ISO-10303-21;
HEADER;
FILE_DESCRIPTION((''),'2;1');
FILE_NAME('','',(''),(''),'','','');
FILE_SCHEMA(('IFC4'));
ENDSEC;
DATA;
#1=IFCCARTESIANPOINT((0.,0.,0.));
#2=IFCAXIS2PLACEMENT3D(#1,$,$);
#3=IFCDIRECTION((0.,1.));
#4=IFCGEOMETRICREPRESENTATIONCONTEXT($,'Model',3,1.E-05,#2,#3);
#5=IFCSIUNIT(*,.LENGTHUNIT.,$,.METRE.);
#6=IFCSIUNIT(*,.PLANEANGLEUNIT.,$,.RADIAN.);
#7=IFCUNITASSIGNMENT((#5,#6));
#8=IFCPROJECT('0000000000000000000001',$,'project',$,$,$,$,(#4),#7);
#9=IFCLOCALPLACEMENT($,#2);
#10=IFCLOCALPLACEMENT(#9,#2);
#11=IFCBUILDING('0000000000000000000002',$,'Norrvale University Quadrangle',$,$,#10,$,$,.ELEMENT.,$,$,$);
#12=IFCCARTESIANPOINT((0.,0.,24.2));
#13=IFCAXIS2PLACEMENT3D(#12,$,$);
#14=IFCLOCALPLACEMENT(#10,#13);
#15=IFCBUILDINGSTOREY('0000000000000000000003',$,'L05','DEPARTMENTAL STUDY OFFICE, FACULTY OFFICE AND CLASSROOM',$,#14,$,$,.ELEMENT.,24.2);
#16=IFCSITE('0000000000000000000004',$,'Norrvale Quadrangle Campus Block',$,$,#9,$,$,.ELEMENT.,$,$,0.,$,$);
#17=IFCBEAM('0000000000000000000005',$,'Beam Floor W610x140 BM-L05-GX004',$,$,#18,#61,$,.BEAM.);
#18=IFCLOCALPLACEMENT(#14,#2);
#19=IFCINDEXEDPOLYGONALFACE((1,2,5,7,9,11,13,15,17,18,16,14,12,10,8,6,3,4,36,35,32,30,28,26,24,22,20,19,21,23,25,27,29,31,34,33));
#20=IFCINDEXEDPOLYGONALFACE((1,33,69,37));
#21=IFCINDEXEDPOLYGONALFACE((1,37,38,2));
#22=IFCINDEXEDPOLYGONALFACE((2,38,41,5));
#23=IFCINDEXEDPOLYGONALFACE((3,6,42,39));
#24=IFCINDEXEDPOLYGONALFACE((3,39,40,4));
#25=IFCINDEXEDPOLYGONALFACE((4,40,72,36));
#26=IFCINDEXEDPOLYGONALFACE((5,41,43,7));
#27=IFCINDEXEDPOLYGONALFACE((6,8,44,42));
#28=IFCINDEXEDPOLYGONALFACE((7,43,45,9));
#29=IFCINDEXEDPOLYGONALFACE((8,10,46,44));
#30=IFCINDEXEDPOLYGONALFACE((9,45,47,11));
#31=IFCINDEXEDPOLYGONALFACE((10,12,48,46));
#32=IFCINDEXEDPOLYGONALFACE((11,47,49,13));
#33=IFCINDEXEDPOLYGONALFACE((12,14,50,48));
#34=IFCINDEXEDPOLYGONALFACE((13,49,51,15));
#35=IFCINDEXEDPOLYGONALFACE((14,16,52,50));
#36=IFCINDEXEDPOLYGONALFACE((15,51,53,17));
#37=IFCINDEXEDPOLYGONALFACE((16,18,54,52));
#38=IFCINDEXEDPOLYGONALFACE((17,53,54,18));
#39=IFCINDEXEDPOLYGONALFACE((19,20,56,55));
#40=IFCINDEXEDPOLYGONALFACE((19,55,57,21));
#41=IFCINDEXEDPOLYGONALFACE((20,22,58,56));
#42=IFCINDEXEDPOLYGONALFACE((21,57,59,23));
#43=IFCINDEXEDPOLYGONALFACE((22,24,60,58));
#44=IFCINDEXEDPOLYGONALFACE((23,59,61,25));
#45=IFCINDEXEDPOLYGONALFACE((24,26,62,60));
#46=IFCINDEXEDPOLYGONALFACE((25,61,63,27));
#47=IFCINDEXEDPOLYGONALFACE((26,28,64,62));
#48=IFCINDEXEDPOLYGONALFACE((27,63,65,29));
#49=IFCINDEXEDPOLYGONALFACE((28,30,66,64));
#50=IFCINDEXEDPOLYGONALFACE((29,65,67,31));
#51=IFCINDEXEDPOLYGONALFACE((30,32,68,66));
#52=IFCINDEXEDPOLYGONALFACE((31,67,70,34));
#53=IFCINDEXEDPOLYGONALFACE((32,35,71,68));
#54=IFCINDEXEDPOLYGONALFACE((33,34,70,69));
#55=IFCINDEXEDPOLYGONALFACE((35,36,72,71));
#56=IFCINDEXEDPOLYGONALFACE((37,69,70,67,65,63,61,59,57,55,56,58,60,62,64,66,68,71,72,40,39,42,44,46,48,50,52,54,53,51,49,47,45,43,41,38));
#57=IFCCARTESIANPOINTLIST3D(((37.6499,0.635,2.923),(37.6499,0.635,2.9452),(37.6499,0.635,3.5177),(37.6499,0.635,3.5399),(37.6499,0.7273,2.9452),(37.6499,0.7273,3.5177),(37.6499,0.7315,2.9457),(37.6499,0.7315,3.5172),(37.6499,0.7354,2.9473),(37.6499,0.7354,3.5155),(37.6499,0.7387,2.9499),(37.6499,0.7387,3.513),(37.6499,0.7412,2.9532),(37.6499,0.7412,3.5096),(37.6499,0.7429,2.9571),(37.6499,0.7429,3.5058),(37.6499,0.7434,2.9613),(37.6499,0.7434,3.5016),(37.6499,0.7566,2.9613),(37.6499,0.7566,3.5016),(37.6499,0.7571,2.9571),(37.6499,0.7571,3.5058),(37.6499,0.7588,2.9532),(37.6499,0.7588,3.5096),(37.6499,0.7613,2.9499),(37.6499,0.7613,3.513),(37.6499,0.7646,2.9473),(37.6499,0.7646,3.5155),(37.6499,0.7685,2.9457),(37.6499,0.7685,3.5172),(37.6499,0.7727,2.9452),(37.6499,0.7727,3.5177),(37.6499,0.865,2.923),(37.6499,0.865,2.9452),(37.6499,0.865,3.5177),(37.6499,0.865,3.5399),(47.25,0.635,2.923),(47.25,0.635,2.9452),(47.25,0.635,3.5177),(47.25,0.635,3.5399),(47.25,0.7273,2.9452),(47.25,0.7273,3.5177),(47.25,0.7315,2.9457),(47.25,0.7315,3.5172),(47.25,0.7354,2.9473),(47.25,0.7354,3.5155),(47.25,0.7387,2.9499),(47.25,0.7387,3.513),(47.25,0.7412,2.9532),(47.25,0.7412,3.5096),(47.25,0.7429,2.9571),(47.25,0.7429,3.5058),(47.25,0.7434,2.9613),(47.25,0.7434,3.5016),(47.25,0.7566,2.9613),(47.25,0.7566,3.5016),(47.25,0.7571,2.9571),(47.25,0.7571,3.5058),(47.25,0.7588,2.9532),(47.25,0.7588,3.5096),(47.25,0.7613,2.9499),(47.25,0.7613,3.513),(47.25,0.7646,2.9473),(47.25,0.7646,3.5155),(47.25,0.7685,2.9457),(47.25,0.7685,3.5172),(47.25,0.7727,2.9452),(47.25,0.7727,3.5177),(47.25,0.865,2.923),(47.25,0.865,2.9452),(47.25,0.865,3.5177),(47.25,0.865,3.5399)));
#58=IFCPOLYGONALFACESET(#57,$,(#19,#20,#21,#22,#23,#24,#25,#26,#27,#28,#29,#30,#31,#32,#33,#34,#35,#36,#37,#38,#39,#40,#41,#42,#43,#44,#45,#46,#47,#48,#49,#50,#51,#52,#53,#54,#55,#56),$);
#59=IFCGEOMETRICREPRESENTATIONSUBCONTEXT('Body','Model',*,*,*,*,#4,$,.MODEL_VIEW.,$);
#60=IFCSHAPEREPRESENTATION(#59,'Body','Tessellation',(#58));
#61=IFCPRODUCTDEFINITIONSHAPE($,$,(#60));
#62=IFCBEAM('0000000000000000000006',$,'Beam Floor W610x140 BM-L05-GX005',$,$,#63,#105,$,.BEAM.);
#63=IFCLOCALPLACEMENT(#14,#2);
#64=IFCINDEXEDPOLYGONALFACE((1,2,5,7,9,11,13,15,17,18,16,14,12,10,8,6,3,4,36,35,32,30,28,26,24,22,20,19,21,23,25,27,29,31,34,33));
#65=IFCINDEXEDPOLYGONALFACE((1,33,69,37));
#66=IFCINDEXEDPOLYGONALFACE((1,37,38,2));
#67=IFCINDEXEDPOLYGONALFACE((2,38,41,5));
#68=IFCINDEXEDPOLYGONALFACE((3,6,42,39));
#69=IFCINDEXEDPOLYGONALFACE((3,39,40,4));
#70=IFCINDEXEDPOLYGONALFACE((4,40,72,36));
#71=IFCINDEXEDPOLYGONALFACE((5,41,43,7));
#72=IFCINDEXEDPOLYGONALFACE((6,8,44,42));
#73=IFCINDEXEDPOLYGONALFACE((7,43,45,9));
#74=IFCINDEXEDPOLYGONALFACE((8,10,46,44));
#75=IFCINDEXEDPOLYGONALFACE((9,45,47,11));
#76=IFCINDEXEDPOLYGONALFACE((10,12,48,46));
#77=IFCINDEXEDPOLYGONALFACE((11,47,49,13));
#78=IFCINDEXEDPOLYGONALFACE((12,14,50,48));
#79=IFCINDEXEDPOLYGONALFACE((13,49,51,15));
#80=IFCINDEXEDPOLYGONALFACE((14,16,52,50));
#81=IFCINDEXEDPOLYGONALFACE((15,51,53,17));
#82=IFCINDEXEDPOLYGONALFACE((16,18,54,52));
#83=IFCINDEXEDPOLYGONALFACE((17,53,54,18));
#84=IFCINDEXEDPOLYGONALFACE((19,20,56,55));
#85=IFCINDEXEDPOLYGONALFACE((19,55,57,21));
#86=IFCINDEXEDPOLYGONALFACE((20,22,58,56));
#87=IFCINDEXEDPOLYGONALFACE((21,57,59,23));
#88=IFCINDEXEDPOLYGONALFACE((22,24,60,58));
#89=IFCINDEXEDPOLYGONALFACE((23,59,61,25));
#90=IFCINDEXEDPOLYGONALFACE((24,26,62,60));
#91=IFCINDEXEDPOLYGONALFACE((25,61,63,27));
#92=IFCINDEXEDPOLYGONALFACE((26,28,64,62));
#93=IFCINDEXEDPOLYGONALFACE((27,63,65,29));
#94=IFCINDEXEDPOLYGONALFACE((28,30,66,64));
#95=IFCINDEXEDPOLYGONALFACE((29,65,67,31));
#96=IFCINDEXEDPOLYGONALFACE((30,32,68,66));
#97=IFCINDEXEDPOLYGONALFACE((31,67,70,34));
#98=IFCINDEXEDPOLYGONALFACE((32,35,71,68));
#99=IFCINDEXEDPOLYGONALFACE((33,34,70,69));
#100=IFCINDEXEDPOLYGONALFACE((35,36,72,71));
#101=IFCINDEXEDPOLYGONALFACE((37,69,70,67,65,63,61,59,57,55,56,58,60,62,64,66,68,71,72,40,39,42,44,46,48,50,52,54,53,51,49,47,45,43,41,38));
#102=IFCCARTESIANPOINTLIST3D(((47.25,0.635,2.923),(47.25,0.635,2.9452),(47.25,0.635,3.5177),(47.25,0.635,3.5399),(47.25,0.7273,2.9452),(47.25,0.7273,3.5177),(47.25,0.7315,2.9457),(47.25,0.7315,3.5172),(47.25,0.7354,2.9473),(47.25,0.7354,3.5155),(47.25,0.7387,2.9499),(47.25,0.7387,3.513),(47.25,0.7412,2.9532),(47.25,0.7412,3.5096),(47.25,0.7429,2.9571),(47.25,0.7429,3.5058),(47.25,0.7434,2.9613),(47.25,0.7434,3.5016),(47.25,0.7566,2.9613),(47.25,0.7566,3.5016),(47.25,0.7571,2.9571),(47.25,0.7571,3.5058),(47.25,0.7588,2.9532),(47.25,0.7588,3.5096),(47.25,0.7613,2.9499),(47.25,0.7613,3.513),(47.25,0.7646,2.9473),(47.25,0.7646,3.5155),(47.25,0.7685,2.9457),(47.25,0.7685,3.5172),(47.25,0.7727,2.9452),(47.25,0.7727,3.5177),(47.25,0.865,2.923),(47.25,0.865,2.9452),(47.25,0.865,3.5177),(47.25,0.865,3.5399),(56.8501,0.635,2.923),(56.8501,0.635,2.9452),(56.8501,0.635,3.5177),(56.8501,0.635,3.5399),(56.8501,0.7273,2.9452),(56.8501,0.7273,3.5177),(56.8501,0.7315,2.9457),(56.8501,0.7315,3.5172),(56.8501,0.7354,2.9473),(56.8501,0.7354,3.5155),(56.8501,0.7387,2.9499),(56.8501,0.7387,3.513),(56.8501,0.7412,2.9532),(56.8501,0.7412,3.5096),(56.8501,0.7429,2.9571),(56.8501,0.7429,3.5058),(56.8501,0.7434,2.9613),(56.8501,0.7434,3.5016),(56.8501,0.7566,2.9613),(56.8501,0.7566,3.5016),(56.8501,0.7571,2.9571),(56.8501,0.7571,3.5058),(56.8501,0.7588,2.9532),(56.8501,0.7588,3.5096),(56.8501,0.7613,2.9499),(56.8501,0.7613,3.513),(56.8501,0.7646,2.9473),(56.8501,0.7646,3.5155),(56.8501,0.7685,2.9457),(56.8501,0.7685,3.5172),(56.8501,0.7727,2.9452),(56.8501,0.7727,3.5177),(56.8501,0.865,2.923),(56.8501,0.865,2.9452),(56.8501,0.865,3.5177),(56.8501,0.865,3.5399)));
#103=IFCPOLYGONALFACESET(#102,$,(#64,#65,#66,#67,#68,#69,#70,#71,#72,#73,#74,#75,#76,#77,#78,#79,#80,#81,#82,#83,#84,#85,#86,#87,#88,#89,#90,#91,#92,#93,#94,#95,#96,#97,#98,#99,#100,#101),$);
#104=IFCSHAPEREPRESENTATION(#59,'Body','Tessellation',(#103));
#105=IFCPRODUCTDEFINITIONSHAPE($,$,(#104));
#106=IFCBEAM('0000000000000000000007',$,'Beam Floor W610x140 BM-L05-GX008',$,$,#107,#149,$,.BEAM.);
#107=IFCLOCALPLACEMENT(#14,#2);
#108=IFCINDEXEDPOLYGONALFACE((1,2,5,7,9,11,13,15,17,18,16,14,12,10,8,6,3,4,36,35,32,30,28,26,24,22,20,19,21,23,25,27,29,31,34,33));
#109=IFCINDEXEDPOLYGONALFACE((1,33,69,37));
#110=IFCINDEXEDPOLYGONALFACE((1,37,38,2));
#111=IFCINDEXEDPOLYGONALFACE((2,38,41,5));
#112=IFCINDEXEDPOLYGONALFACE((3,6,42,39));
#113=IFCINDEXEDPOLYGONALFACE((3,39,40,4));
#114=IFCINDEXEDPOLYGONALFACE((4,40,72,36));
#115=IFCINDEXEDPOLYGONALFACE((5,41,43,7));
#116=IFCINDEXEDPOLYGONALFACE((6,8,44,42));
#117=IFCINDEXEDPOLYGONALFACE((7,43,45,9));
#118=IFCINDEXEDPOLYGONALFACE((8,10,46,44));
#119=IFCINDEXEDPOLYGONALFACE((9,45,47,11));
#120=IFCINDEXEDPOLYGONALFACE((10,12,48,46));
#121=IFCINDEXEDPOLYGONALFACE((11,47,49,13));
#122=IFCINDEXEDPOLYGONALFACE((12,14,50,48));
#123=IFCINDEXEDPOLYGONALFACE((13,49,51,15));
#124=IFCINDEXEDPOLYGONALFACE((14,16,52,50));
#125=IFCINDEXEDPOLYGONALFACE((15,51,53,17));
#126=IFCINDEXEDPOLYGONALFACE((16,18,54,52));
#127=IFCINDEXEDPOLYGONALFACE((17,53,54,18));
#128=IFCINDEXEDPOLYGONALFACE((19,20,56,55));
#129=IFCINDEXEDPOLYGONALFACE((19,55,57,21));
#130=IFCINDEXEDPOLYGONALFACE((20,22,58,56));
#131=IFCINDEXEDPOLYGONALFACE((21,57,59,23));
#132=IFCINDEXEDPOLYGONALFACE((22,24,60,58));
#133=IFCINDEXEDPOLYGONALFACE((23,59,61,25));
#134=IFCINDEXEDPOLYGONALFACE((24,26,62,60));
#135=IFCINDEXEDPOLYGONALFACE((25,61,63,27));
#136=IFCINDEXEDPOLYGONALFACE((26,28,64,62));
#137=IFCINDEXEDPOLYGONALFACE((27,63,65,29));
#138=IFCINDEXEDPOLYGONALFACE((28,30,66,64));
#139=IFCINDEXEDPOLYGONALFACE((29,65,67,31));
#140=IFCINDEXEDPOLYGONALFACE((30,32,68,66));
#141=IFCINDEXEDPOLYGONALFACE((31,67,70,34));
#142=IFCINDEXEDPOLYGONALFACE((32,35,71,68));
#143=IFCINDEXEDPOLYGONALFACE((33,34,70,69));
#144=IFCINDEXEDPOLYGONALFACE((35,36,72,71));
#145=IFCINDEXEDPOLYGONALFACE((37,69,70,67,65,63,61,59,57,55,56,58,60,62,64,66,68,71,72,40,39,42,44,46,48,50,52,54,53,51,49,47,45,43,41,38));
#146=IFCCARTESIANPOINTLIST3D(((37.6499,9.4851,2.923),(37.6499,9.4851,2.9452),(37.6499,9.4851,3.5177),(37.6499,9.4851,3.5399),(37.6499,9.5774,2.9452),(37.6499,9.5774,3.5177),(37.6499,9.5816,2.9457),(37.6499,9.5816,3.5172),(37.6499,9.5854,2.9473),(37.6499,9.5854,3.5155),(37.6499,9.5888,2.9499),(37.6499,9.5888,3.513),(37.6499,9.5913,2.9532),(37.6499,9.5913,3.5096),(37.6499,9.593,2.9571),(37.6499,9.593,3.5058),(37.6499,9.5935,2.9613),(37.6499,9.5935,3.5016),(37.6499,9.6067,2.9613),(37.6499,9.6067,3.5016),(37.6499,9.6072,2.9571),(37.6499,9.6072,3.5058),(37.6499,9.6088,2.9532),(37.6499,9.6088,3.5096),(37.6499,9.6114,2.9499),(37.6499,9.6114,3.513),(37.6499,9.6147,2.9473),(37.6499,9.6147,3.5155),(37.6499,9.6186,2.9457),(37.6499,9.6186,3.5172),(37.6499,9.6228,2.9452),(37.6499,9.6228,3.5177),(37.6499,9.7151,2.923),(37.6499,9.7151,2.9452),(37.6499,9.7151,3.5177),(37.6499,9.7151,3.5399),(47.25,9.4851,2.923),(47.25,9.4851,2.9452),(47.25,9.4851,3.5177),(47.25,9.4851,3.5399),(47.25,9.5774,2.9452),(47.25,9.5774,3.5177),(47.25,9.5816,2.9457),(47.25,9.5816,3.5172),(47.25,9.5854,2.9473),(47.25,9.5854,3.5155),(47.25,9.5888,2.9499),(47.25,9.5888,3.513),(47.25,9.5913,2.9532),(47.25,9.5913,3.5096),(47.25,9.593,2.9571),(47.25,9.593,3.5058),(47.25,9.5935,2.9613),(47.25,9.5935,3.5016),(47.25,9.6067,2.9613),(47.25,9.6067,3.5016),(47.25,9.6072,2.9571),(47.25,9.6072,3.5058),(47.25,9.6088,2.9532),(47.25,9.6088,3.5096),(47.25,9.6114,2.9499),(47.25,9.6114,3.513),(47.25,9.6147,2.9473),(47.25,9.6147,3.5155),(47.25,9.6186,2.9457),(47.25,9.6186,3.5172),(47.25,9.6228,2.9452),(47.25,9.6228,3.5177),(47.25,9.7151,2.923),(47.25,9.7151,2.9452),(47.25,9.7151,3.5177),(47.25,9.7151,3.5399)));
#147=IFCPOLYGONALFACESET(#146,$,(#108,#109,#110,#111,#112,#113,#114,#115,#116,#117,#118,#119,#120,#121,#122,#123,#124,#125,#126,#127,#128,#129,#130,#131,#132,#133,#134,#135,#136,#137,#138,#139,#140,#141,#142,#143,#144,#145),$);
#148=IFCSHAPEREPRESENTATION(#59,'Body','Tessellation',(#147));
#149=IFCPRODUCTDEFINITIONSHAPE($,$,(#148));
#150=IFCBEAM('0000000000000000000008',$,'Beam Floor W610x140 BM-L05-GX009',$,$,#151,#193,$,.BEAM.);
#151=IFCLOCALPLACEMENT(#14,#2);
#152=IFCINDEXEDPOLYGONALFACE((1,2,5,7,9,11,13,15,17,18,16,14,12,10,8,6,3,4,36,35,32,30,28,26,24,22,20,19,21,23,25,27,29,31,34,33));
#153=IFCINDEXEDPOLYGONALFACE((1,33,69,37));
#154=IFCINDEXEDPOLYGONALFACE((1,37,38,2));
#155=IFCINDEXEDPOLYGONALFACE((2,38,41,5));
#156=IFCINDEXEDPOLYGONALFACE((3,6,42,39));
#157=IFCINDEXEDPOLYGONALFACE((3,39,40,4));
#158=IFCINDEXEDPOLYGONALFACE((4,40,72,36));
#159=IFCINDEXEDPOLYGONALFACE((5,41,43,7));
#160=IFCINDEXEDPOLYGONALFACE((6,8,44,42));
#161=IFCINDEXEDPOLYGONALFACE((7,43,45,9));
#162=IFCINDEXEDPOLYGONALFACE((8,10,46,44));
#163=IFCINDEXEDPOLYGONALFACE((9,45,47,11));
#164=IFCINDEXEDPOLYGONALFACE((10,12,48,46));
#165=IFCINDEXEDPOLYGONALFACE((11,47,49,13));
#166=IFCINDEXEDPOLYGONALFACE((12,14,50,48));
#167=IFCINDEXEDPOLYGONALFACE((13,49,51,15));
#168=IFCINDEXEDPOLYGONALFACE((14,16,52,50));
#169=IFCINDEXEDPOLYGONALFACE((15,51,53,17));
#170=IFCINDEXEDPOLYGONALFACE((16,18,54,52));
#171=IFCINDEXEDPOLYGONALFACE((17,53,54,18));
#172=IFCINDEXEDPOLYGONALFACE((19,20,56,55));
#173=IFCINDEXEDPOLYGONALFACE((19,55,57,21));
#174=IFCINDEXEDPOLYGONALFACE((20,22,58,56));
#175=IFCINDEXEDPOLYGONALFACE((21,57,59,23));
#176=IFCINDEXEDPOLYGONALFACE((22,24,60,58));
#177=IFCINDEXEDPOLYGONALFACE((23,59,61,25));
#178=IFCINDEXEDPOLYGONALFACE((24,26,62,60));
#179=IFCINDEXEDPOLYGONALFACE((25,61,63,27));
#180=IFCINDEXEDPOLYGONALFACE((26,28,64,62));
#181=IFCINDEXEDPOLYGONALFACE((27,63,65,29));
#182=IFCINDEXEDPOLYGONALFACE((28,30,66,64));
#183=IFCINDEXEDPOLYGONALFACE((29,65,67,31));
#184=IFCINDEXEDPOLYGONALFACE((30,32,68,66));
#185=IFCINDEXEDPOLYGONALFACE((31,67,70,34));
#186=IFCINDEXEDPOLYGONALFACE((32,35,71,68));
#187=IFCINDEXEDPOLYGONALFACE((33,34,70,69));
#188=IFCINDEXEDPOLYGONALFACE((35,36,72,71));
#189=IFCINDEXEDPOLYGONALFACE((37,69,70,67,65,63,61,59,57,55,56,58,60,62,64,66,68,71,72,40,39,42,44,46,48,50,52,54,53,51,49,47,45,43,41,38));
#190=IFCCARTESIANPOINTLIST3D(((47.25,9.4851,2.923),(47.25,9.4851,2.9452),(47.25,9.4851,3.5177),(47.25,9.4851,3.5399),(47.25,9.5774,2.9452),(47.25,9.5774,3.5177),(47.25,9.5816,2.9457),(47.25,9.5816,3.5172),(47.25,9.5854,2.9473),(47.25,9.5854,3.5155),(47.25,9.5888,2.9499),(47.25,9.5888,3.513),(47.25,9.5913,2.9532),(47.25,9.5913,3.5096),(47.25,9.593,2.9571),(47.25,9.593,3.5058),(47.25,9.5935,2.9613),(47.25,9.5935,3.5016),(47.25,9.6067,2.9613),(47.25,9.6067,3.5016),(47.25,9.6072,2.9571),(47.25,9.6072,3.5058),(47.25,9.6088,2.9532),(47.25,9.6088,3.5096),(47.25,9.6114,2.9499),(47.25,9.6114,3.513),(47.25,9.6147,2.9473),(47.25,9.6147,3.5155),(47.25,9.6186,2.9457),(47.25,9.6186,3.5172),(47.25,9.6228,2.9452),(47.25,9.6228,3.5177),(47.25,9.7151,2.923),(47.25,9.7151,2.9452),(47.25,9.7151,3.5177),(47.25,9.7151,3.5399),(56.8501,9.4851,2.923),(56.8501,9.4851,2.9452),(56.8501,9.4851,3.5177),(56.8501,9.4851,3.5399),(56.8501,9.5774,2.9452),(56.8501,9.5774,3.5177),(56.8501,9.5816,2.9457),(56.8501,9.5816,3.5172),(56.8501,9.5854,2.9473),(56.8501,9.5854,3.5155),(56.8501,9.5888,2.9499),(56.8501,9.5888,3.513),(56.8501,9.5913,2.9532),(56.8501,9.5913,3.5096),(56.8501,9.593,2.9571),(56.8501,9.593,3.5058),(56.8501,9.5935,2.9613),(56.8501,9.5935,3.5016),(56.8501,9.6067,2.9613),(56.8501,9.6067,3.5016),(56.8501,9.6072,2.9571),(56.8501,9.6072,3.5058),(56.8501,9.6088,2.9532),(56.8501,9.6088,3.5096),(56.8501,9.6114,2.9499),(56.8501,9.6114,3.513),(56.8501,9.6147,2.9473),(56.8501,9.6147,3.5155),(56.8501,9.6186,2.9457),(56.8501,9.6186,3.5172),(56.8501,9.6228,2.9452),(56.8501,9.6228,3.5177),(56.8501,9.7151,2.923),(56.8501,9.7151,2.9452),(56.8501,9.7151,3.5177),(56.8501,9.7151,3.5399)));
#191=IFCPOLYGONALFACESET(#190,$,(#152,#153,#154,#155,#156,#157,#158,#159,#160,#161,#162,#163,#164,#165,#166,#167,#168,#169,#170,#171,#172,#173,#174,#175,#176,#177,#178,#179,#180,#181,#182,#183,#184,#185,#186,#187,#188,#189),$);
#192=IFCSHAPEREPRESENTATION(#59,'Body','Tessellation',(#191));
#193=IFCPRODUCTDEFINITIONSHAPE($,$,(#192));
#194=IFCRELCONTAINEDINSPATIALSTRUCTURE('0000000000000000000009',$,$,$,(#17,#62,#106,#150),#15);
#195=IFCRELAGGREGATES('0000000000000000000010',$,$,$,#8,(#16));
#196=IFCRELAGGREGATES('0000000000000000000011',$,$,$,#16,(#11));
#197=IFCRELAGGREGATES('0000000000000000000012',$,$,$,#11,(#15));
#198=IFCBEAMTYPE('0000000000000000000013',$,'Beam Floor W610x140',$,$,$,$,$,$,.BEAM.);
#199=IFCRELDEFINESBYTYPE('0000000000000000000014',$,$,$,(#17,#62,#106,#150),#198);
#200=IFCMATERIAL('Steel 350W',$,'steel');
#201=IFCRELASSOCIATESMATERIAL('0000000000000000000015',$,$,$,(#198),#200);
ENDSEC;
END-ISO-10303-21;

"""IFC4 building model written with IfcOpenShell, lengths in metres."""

from ifc_helpers import new_model, si_unit, direction, frame, origin, origin_2d, place, context, subcontext, project, spatial, i_section, extrude, material, material_profile, profile_set, type_object, element, save


model = new_model("IFC4")

# Units and contexts
model_context = context("Model", 3, precision=1e-05, world=origin(), true_north=direction((0.0, 1.0)))
body_context = subcontext(model_context, "Body", "Model", "MODEL_VIEW")
ifc_project = project(units=[si_unit("LENGTHUNIT", "METRE"), si_unit("PLANEANGLEUNIT", "RADIAN")], contexts=[model_context])

# Site, building, storey
site_placement = place(None, origin())
site = spatial("IfcSite", under=ifc_project, at=site_placement, Name="Norrvale Quadrangle Campus Block", CompositionType="ELEMENT", RefElevation=0.0)
building_placement = place(site_placement, origin())
building = spatial("IfcBuilding", under=site, at=building_placement, Name="Norrvale University Quadrangle", CompositionType="ELEMENT")
storey_placement = place(building_placement, frame((0.0, 0.0, 24.2)))
storey = spatial("IfcBuildingStorey", under=building, at=storey_placement, Name="L05", Description="DEPARTMENTAL STUDY OFFICE, FACULTY OFFICE AND CLASSROOM", CompositionType="ELEMENT", Elevation=24.2)

# Beams
ifc_material_1 = material(Name="Steel 350W", Category="steel")
ifc_material_profile_1 = material_profile(ifc_material_1, i_section(OverallWidth=0.23, OverallDepth=0.6169, WebThickness=0.0132, FlangeThickness=0.0222, FilletRadius=0.0161, at=origin_2d()), Name="Steel 350W")
ifc_profile_set_1 = profile_set([ifc_material_profile_1], Name="Steel 350W")
beam_type_1 = type_object("IfcBeamType", Name="Beam Floor W610x140", PredefinedType="BEAM", material=ifc_profile_set_1)
for number, where, z_axis, x_axis, name in (
    (1, (37.6499, 0.75, 3.2314), (1.0, 0.0, 0.0), (0.0, 1.0, 0.0), "Beam Floor W610x140 BM-L05-GX004"),
    (2, (47.25, 0.75, 3.2314), (1.0, 0.0, 0.0), (0.0, 1.0, 0.0), "Beam Floor W610x140 BM-L05-GX005"),
    (3, (37.6499, 9.6001, 3.2314), (1.0, 0.0, 0.0), (0.0, 1.0, 0.0), "Beam Floor W610x140 BM-L05-GX008"),
    (4, (47.25, 9.6001, 3.2314), (1.0, 0.0, 0.0), (0.0, 1.0, 0.0), "Beam Floor W610x140 BM-L05-GX009"),
):
    element("IfcBeam", number, at=place(storey_placement, frame(where, z_axis=z_axis, x_axis=x_axis)), inside=storey, type_object=beam_type_1, Name=name, PredefinedType="BEAM", context=body_context, shape_type="SweptSolid", body=[
        extrude(i_section(OverallWidth=0.23, OverallDepth=0.6169, WebThickness=0.0132, FlangeThickness=0.0222, FilletRadius=0.0161, at=origin_2d()), origin(), (0.0, 0.0, 1.0), 9.6001),
    ])

save(model, "model.ifc")
